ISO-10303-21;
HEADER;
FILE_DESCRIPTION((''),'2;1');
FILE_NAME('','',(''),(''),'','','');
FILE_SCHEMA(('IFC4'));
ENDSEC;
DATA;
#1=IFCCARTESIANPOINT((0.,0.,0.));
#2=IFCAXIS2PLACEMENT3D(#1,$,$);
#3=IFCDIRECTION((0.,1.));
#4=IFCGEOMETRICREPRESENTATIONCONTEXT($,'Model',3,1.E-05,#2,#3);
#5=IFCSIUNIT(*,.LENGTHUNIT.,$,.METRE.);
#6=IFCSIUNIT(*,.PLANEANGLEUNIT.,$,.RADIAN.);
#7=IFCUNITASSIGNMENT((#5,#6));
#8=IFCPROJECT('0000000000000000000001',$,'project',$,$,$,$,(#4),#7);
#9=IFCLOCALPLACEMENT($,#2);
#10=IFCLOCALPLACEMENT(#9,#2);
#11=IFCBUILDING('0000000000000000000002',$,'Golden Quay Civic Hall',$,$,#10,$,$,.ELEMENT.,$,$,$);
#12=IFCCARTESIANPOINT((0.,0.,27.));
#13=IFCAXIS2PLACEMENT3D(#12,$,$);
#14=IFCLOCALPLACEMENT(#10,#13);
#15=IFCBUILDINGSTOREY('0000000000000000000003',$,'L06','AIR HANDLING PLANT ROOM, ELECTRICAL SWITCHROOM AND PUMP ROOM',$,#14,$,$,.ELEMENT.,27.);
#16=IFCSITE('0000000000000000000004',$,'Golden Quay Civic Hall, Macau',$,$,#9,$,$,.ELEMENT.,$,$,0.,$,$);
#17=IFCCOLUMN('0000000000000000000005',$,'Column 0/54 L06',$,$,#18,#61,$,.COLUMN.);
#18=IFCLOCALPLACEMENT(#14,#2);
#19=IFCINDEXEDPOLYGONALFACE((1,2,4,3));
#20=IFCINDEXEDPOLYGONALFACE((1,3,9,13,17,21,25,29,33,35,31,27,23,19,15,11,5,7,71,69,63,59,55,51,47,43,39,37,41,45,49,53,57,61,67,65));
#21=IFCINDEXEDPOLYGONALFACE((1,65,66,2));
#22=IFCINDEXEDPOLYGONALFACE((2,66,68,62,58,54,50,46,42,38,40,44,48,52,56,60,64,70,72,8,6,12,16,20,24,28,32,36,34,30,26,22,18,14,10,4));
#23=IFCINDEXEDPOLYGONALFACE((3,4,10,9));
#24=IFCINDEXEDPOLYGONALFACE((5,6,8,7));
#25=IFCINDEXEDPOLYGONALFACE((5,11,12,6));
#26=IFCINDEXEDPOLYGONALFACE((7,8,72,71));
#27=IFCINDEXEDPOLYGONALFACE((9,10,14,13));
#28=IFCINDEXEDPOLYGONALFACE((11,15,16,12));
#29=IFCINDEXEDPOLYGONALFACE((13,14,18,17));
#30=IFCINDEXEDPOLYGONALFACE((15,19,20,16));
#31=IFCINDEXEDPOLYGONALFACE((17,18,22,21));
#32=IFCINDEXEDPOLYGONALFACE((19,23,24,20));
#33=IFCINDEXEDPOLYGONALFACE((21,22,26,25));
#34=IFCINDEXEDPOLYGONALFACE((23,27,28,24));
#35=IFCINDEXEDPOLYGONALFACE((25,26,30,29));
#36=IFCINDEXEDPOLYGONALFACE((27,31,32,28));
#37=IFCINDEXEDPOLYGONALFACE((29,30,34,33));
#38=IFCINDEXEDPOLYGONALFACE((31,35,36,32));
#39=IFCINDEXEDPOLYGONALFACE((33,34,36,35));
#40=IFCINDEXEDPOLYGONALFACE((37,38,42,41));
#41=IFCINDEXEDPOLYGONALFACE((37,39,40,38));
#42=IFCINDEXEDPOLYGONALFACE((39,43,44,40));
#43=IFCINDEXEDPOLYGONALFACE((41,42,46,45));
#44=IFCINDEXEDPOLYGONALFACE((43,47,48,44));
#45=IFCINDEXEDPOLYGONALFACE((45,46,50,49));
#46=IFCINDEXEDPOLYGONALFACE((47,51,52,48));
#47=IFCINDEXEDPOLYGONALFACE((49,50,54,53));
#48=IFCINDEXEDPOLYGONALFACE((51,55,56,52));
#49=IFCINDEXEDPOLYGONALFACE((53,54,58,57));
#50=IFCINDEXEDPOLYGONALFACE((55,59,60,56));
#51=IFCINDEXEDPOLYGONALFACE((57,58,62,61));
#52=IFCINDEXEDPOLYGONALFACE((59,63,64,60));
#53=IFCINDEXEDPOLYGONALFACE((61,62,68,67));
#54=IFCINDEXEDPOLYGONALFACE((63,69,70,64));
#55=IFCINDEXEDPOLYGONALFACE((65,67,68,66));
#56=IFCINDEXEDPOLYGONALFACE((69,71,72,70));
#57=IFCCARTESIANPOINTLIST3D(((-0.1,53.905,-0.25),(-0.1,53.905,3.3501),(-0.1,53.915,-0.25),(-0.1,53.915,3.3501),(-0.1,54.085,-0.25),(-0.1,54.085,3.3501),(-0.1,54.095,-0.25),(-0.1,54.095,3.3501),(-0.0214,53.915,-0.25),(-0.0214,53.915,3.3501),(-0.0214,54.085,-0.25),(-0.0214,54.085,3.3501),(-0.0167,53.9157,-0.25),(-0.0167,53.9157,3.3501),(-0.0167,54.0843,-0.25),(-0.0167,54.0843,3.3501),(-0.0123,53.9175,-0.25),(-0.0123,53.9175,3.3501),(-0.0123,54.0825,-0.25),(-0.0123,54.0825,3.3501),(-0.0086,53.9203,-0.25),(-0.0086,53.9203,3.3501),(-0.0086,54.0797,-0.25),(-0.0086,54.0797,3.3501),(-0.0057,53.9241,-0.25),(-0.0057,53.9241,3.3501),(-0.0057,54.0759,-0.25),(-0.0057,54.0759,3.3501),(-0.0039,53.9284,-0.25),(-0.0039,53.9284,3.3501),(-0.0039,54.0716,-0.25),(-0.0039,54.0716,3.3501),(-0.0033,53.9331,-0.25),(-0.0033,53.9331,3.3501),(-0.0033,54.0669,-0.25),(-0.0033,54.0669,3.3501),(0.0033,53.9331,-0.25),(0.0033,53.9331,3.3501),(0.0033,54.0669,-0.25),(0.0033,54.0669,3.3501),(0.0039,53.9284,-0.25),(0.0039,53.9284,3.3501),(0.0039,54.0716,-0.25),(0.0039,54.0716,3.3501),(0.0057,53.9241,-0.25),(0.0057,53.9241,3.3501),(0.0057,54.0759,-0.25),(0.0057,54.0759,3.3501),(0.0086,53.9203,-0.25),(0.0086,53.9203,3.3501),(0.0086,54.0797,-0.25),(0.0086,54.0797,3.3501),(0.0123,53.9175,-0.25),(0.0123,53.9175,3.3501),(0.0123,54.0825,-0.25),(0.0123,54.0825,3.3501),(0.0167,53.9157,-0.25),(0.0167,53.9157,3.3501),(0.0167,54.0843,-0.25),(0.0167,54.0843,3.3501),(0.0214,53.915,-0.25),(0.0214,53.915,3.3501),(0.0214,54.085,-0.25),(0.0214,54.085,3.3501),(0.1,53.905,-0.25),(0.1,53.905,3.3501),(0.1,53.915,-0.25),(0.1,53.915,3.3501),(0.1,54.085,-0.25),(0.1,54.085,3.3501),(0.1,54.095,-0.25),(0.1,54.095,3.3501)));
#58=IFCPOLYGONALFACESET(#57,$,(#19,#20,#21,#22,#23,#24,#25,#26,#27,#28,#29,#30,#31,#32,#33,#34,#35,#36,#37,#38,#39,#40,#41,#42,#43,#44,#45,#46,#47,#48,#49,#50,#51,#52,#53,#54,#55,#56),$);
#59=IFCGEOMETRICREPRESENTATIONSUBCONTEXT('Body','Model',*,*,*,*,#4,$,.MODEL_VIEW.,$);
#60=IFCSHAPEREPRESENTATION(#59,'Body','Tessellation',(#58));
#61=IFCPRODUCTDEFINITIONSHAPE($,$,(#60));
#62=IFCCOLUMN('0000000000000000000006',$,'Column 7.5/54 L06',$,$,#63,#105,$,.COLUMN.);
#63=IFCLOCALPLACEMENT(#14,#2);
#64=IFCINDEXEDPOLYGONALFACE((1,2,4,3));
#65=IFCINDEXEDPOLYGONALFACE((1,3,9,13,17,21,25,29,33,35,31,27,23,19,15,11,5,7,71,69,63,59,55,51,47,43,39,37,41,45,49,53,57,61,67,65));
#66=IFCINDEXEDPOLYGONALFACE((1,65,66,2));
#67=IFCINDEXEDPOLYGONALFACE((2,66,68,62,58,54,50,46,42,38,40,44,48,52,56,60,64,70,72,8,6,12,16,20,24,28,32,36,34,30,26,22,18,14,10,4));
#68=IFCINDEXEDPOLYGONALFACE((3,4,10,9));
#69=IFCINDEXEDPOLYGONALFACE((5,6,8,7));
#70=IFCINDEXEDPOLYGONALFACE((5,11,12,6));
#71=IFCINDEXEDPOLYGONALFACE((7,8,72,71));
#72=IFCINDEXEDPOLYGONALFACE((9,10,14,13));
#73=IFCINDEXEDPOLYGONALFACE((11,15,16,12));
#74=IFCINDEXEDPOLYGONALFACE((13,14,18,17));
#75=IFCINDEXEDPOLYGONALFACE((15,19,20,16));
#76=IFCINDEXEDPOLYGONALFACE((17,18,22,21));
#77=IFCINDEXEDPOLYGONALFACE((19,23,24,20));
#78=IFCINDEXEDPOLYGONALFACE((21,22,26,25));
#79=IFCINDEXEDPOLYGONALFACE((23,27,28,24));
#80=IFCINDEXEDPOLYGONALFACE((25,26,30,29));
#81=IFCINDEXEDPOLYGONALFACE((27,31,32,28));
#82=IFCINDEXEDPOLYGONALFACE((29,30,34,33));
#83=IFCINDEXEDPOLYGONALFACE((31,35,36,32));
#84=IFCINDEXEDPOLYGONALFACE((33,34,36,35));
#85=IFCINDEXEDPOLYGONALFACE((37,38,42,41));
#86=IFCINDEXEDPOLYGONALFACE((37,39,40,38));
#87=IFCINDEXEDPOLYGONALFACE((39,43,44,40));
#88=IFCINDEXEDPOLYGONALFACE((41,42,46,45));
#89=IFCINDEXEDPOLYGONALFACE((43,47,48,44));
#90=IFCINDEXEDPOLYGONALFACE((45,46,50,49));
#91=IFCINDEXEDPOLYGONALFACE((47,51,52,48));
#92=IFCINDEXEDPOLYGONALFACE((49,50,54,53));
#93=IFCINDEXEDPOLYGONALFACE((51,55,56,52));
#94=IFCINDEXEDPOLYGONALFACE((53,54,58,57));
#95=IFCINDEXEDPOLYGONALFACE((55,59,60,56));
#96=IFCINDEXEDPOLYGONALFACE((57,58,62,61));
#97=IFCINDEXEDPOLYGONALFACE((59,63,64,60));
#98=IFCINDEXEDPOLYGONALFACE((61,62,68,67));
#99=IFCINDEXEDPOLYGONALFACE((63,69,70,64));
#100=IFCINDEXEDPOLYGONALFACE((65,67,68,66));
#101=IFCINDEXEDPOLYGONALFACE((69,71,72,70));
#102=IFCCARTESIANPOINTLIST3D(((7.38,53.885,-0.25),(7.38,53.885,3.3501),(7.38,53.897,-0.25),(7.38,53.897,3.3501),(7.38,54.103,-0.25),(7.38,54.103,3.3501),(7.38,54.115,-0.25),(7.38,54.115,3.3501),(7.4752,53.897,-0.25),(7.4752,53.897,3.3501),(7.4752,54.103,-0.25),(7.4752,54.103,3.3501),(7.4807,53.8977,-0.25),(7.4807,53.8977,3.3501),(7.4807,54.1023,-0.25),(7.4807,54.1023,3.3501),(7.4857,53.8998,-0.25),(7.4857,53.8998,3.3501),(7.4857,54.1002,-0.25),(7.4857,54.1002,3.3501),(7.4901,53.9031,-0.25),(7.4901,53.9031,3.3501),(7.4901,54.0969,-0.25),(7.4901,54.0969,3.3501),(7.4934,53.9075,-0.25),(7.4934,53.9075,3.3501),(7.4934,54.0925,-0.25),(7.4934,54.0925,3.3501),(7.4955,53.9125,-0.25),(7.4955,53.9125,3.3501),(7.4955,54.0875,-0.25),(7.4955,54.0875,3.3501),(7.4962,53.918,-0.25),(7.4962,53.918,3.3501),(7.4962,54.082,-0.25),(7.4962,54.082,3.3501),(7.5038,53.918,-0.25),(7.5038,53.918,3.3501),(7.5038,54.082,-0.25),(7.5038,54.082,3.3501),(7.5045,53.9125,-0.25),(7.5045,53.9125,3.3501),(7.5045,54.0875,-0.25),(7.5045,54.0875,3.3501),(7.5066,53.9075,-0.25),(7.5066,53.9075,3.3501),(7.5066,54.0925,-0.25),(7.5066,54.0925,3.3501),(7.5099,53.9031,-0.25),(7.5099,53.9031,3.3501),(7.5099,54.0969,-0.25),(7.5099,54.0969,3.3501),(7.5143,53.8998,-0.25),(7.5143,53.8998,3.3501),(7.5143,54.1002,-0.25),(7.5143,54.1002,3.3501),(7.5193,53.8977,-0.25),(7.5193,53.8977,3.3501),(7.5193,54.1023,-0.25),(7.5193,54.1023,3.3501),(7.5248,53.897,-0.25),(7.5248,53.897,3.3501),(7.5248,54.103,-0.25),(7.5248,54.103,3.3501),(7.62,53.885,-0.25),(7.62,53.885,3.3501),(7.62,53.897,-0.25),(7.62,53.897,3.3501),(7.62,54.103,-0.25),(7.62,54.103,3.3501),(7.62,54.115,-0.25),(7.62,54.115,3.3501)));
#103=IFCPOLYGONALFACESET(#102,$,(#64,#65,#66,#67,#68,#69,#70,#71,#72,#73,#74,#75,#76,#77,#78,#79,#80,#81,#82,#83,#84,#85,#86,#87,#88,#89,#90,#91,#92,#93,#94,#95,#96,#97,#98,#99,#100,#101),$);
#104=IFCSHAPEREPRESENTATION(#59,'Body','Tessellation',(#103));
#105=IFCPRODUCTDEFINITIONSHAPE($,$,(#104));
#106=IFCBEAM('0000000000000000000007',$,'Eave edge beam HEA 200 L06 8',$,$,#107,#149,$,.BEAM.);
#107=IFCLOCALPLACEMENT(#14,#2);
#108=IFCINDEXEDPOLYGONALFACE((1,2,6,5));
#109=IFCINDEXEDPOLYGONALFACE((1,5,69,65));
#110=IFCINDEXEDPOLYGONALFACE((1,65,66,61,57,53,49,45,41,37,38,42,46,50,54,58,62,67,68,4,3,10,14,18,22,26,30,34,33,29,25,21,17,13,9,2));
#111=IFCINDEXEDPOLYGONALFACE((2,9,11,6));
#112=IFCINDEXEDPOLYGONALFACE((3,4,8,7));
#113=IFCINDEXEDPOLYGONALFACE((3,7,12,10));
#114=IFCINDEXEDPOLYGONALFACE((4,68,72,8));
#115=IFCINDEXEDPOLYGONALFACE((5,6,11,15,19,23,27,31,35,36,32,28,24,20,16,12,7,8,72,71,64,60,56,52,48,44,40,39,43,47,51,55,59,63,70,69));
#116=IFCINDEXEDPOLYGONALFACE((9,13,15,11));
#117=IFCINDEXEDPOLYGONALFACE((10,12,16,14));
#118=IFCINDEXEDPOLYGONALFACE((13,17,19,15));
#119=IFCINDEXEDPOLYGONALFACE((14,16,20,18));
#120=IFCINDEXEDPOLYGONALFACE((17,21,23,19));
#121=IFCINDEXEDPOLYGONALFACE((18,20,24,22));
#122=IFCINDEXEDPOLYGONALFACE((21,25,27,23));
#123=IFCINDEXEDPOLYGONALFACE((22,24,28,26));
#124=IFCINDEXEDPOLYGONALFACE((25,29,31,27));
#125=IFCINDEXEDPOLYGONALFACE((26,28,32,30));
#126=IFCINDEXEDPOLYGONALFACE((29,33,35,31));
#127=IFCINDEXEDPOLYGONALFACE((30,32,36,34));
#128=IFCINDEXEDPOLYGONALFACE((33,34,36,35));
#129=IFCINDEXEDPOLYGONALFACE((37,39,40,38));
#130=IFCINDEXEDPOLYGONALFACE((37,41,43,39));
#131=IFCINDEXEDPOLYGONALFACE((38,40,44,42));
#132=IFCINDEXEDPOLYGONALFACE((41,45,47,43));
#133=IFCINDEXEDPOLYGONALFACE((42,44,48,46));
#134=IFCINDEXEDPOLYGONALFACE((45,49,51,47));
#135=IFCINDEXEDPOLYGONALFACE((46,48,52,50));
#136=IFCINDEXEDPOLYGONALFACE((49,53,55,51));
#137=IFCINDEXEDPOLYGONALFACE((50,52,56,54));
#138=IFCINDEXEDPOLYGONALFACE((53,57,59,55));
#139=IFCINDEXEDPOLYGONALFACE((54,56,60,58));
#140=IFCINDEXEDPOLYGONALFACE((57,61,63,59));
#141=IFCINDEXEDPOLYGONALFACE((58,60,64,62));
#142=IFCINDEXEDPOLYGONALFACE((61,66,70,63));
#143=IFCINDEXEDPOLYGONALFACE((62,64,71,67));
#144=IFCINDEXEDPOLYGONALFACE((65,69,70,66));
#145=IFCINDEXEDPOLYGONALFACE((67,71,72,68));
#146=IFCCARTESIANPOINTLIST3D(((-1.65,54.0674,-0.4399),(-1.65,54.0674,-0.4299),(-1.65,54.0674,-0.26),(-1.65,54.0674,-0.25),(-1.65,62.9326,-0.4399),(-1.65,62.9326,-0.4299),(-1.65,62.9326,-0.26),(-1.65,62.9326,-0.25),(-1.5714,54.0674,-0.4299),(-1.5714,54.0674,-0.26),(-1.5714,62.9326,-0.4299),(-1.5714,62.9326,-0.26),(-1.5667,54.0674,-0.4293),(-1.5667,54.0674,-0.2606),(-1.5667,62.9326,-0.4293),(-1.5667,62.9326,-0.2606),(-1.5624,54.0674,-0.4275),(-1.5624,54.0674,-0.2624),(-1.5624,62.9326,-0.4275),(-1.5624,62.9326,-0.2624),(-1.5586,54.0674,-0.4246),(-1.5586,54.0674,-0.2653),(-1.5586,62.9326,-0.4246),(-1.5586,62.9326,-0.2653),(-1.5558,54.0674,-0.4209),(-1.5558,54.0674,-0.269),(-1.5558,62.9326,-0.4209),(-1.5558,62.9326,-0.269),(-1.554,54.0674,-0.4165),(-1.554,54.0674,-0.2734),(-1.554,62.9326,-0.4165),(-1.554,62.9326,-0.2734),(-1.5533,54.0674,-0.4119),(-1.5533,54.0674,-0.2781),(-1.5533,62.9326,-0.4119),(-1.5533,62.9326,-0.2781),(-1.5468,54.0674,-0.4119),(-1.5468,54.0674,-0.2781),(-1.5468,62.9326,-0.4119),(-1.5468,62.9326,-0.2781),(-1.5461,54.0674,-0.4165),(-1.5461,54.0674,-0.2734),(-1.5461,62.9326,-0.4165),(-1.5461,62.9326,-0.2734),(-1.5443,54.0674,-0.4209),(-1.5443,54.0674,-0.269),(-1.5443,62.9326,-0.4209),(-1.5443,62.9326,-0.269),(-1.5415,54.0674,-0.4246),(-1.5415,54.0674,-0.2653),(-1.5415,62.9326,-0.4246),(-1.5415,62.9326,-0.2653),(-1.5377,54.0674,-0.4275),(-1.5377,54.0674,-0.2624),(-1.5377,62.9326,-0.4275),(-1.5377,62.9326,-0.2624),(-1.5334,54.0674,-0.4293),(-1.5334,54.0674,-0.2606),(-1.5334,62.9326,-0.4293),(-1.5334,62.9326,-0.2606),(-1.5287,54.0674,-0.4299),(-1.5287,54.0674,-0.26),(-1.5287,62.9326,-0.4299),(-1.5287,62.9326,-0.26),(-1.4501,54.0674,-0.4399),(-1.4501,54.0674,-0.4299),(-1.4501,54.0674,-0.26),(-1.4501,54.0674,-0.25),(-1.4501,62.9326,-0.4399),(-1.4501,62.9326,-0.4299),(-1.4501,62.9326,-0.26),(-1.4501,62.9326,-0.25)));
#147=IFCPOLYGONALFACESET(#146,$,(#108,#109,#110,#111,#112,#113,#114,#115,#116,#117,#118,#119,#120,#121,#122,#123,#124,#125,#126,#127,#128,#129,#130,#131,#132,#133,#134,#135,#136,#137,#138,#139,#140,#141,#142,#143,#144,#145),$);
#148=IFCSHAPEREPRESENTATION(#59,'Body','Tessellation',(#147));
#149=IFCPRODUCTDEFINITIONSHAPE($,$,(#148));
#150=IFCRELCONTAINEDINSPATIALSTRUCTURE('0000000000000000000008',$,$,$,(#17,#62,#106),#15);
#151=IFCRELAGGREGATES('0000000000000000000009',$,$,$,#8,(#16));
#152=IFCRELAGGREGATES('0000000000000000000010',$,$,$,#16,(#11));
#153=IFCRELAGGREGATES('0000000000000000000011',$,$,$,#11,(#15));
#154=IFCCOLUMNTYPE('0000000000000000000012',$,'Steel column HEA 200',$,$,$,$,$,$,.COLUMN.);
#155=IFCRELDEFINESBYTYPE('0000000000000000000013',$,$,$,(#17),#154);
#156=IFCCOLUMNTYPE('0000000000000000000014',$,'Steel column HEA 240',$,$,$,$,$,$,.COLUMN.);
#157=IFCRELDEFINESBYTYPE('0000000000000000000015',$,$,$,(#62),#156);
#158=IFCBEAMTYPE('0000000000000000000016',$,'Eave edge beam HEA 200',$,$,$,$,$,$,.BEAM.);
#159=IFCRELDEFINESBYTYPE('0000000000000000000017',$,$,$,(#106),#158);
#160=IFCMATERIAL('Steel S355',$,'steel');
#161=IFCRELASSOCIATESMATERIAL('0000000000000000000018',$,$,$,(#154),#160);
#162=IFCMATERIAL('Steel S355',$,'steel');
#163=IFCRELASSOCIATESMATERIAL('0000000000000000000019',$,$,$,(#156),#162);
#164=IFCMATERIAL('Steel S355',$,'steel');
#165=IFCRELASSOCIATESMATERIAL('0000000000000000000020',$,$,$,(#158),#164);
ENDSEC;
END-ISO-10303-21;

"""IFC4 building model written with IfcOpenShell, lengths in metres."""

from ifc_helpers import new_model, si_unit, direction, frame, origin, origin_2d, place, context, subcontext, project, spatial, i_section, extrude, material, material_profile, profile_set, type_object, element, save


model = new_model("IFC4")

# Units and contexts
model_context = context("Model", 3, precision=1e-05, world=origin(), true_north=direction((0.0, 1.0)))
body_context = subcontext(model_context, "Body", "Model", "MODEL_VIEW")
ifc_project = project(units=[si_unit("LENGTHUNIT", "METRE"), si_unit("PLANEANGLEUNIT", "RADIAN")], contexts=[model_context])

# Site, building, storey
site_placement = place(None, origin())
site = spatial("IfcSite", under=ifc_project, at=site_placement, Name="Golden Quay Civic Hall, Macau", CompositionType="ELEMENT", RefElevation=0.0)
building_placement = place(site_placement, origin())
building = spatial("IfcBuilding", under=site, at=building_placement, Name="Golden Quay Civic Hall", CompositionType="ELEMENT")
storey_placement = place(building_placement, frame((0.0, 0.0, 27.0)))
storey = spatial("IfcBuildingStorey", under=building, at=storey_placement, Name="L06", Description="AIR HANDLING PLANT ROOM, ELECTRICAL SWITCHROOM AND PUMP ROOM", CompositionType="ELEMENT", Elevation=27.0)

# Columns
ifc_material_1 = material(Name="Steel S355", Category="steel")
ifc_material_profile_1 = material_profile(ifc_material_1, i_section(OverallWidth=0.2, OverallDepth=0.1899, WebThickness=0.0066, FlangeThickness=0.01, FilletRadius=0.0181, at=origin_2d()), Name="HEA 200")
ifc_profile_set_1 = profile_set([ifc_material_profile_1], Name="Steel S355")
column_type_1 = type_object("IfcColumnType", Name="Steel column HEA 200", PredefinedType="COLUMN", material=ifc_profile_set_1)
column_1_placement = place(storey_placement, frame((0.0, 54.0, -0.25), z_axis=(0.0, 0.0, 1.0), x_axis=(1.0, 0.0, 0.0)))
element("IfcColumn", 1, at=column_1_placement, inside=storey, type_object=column_type_1, Name="Column 0/54 L06", PredefinedType="COLUMN", context=body_context, shape_type="SweptSolid", body=[
    extrude(i_section(OverallWidth=0.2, OverallDepth=0.1899, WebThickness=0.0066, FlangeThickness=0.01, FilletRadius=0.0181, at=origin_2d()), origin(), (0.0, 0.0, 1.0), 3.6001),
])
ifc_material_2 = material(Name="Steel S355", Category="steel")
ifc_material_profile_2 = material_profile(ifc_material_2, i_section(OverallWidth=0.24, OverallDepth=0.23, WebThickness=0.0076, FlangeThickness=0.012, FilletRadius=0.021, at=origin_2d()), Name="HEA 240")
ifc_profile_set_2 = profile_set([ifc_material_profile_2], Name="Steel S355")
column_type_2 = type_object("IfcColumnType", Name="Steel column HEA 240", PredefinedType="COLUMN", material=ifc_profile_set_2)
column_2_placement = place(storey_placement, frame((7.5, 54.0, -0.25), z_axis=(0.0, 0.0, 1.0), x_axis=(1.0, 0.0, 0.0)))
element("IfcColumn", 2, at=column_2_placement, inside=storey, type_object=column_type_2, Name="Column 7.5/54 L06", PredefinedType="COLUMN", context=body_context, shape_type="SweptSolid", body=[
    extrude(i_section(OverallWidth=0.24, OverallDepth=0.23, WebThickness=0.0076, FlangeThickness=0.012, FilletRadius=0.021, at=origin_2d()), origin(), (0.0, 0.0, 1.0), 3.6001),
])

# Beam
ifc_material_3 = material(Name="Steel S355", Category="steel")
ifc_material_profile_3 = material_profile(ifc_material_3, i_section(OverallWidth=0.2, OverallDepth=0.1899, WebThickness=0.0066, FlangeThickness=0.01, FilletRadius=0.0181, at=origin_2d()), Name="HEA 200")
ifc_profile_set_3 = profile_set([ifc_material_profile_3], Name="Steel S355")
beam_type_1 = type_object("IfcBeamType", Name="Eave edge beam HEA 200", PredefinedType="BEAM", material=ifc_profile_set_3)
beam_1_placement = place(storey_placement, frame((-1.55, 54.0674, -0.345), z_axis=(0.0, 1.0, 0.0), x_axis=(-1.0, 0.0, 0.0)))
element("IfcBeam", 3, at=beam_1_placement, inside=storey, type_object=beam_type_1, Name="Eave edge beam HEA 200 L06 8", PredefinedType="BEAM", context=body_context, shape_type="SweptSolid", body=[
    extrude(i_section(OverallWidth=0.2, OverallDepth=0.1899, WebThickness=0.0066, FlangeThickness=0.01, FilletRadius=0.0181, at=origin_2d()), origin(), (0.0, 0.0, 1.0), 8.8652),
])

save(model, "model.ifc")
